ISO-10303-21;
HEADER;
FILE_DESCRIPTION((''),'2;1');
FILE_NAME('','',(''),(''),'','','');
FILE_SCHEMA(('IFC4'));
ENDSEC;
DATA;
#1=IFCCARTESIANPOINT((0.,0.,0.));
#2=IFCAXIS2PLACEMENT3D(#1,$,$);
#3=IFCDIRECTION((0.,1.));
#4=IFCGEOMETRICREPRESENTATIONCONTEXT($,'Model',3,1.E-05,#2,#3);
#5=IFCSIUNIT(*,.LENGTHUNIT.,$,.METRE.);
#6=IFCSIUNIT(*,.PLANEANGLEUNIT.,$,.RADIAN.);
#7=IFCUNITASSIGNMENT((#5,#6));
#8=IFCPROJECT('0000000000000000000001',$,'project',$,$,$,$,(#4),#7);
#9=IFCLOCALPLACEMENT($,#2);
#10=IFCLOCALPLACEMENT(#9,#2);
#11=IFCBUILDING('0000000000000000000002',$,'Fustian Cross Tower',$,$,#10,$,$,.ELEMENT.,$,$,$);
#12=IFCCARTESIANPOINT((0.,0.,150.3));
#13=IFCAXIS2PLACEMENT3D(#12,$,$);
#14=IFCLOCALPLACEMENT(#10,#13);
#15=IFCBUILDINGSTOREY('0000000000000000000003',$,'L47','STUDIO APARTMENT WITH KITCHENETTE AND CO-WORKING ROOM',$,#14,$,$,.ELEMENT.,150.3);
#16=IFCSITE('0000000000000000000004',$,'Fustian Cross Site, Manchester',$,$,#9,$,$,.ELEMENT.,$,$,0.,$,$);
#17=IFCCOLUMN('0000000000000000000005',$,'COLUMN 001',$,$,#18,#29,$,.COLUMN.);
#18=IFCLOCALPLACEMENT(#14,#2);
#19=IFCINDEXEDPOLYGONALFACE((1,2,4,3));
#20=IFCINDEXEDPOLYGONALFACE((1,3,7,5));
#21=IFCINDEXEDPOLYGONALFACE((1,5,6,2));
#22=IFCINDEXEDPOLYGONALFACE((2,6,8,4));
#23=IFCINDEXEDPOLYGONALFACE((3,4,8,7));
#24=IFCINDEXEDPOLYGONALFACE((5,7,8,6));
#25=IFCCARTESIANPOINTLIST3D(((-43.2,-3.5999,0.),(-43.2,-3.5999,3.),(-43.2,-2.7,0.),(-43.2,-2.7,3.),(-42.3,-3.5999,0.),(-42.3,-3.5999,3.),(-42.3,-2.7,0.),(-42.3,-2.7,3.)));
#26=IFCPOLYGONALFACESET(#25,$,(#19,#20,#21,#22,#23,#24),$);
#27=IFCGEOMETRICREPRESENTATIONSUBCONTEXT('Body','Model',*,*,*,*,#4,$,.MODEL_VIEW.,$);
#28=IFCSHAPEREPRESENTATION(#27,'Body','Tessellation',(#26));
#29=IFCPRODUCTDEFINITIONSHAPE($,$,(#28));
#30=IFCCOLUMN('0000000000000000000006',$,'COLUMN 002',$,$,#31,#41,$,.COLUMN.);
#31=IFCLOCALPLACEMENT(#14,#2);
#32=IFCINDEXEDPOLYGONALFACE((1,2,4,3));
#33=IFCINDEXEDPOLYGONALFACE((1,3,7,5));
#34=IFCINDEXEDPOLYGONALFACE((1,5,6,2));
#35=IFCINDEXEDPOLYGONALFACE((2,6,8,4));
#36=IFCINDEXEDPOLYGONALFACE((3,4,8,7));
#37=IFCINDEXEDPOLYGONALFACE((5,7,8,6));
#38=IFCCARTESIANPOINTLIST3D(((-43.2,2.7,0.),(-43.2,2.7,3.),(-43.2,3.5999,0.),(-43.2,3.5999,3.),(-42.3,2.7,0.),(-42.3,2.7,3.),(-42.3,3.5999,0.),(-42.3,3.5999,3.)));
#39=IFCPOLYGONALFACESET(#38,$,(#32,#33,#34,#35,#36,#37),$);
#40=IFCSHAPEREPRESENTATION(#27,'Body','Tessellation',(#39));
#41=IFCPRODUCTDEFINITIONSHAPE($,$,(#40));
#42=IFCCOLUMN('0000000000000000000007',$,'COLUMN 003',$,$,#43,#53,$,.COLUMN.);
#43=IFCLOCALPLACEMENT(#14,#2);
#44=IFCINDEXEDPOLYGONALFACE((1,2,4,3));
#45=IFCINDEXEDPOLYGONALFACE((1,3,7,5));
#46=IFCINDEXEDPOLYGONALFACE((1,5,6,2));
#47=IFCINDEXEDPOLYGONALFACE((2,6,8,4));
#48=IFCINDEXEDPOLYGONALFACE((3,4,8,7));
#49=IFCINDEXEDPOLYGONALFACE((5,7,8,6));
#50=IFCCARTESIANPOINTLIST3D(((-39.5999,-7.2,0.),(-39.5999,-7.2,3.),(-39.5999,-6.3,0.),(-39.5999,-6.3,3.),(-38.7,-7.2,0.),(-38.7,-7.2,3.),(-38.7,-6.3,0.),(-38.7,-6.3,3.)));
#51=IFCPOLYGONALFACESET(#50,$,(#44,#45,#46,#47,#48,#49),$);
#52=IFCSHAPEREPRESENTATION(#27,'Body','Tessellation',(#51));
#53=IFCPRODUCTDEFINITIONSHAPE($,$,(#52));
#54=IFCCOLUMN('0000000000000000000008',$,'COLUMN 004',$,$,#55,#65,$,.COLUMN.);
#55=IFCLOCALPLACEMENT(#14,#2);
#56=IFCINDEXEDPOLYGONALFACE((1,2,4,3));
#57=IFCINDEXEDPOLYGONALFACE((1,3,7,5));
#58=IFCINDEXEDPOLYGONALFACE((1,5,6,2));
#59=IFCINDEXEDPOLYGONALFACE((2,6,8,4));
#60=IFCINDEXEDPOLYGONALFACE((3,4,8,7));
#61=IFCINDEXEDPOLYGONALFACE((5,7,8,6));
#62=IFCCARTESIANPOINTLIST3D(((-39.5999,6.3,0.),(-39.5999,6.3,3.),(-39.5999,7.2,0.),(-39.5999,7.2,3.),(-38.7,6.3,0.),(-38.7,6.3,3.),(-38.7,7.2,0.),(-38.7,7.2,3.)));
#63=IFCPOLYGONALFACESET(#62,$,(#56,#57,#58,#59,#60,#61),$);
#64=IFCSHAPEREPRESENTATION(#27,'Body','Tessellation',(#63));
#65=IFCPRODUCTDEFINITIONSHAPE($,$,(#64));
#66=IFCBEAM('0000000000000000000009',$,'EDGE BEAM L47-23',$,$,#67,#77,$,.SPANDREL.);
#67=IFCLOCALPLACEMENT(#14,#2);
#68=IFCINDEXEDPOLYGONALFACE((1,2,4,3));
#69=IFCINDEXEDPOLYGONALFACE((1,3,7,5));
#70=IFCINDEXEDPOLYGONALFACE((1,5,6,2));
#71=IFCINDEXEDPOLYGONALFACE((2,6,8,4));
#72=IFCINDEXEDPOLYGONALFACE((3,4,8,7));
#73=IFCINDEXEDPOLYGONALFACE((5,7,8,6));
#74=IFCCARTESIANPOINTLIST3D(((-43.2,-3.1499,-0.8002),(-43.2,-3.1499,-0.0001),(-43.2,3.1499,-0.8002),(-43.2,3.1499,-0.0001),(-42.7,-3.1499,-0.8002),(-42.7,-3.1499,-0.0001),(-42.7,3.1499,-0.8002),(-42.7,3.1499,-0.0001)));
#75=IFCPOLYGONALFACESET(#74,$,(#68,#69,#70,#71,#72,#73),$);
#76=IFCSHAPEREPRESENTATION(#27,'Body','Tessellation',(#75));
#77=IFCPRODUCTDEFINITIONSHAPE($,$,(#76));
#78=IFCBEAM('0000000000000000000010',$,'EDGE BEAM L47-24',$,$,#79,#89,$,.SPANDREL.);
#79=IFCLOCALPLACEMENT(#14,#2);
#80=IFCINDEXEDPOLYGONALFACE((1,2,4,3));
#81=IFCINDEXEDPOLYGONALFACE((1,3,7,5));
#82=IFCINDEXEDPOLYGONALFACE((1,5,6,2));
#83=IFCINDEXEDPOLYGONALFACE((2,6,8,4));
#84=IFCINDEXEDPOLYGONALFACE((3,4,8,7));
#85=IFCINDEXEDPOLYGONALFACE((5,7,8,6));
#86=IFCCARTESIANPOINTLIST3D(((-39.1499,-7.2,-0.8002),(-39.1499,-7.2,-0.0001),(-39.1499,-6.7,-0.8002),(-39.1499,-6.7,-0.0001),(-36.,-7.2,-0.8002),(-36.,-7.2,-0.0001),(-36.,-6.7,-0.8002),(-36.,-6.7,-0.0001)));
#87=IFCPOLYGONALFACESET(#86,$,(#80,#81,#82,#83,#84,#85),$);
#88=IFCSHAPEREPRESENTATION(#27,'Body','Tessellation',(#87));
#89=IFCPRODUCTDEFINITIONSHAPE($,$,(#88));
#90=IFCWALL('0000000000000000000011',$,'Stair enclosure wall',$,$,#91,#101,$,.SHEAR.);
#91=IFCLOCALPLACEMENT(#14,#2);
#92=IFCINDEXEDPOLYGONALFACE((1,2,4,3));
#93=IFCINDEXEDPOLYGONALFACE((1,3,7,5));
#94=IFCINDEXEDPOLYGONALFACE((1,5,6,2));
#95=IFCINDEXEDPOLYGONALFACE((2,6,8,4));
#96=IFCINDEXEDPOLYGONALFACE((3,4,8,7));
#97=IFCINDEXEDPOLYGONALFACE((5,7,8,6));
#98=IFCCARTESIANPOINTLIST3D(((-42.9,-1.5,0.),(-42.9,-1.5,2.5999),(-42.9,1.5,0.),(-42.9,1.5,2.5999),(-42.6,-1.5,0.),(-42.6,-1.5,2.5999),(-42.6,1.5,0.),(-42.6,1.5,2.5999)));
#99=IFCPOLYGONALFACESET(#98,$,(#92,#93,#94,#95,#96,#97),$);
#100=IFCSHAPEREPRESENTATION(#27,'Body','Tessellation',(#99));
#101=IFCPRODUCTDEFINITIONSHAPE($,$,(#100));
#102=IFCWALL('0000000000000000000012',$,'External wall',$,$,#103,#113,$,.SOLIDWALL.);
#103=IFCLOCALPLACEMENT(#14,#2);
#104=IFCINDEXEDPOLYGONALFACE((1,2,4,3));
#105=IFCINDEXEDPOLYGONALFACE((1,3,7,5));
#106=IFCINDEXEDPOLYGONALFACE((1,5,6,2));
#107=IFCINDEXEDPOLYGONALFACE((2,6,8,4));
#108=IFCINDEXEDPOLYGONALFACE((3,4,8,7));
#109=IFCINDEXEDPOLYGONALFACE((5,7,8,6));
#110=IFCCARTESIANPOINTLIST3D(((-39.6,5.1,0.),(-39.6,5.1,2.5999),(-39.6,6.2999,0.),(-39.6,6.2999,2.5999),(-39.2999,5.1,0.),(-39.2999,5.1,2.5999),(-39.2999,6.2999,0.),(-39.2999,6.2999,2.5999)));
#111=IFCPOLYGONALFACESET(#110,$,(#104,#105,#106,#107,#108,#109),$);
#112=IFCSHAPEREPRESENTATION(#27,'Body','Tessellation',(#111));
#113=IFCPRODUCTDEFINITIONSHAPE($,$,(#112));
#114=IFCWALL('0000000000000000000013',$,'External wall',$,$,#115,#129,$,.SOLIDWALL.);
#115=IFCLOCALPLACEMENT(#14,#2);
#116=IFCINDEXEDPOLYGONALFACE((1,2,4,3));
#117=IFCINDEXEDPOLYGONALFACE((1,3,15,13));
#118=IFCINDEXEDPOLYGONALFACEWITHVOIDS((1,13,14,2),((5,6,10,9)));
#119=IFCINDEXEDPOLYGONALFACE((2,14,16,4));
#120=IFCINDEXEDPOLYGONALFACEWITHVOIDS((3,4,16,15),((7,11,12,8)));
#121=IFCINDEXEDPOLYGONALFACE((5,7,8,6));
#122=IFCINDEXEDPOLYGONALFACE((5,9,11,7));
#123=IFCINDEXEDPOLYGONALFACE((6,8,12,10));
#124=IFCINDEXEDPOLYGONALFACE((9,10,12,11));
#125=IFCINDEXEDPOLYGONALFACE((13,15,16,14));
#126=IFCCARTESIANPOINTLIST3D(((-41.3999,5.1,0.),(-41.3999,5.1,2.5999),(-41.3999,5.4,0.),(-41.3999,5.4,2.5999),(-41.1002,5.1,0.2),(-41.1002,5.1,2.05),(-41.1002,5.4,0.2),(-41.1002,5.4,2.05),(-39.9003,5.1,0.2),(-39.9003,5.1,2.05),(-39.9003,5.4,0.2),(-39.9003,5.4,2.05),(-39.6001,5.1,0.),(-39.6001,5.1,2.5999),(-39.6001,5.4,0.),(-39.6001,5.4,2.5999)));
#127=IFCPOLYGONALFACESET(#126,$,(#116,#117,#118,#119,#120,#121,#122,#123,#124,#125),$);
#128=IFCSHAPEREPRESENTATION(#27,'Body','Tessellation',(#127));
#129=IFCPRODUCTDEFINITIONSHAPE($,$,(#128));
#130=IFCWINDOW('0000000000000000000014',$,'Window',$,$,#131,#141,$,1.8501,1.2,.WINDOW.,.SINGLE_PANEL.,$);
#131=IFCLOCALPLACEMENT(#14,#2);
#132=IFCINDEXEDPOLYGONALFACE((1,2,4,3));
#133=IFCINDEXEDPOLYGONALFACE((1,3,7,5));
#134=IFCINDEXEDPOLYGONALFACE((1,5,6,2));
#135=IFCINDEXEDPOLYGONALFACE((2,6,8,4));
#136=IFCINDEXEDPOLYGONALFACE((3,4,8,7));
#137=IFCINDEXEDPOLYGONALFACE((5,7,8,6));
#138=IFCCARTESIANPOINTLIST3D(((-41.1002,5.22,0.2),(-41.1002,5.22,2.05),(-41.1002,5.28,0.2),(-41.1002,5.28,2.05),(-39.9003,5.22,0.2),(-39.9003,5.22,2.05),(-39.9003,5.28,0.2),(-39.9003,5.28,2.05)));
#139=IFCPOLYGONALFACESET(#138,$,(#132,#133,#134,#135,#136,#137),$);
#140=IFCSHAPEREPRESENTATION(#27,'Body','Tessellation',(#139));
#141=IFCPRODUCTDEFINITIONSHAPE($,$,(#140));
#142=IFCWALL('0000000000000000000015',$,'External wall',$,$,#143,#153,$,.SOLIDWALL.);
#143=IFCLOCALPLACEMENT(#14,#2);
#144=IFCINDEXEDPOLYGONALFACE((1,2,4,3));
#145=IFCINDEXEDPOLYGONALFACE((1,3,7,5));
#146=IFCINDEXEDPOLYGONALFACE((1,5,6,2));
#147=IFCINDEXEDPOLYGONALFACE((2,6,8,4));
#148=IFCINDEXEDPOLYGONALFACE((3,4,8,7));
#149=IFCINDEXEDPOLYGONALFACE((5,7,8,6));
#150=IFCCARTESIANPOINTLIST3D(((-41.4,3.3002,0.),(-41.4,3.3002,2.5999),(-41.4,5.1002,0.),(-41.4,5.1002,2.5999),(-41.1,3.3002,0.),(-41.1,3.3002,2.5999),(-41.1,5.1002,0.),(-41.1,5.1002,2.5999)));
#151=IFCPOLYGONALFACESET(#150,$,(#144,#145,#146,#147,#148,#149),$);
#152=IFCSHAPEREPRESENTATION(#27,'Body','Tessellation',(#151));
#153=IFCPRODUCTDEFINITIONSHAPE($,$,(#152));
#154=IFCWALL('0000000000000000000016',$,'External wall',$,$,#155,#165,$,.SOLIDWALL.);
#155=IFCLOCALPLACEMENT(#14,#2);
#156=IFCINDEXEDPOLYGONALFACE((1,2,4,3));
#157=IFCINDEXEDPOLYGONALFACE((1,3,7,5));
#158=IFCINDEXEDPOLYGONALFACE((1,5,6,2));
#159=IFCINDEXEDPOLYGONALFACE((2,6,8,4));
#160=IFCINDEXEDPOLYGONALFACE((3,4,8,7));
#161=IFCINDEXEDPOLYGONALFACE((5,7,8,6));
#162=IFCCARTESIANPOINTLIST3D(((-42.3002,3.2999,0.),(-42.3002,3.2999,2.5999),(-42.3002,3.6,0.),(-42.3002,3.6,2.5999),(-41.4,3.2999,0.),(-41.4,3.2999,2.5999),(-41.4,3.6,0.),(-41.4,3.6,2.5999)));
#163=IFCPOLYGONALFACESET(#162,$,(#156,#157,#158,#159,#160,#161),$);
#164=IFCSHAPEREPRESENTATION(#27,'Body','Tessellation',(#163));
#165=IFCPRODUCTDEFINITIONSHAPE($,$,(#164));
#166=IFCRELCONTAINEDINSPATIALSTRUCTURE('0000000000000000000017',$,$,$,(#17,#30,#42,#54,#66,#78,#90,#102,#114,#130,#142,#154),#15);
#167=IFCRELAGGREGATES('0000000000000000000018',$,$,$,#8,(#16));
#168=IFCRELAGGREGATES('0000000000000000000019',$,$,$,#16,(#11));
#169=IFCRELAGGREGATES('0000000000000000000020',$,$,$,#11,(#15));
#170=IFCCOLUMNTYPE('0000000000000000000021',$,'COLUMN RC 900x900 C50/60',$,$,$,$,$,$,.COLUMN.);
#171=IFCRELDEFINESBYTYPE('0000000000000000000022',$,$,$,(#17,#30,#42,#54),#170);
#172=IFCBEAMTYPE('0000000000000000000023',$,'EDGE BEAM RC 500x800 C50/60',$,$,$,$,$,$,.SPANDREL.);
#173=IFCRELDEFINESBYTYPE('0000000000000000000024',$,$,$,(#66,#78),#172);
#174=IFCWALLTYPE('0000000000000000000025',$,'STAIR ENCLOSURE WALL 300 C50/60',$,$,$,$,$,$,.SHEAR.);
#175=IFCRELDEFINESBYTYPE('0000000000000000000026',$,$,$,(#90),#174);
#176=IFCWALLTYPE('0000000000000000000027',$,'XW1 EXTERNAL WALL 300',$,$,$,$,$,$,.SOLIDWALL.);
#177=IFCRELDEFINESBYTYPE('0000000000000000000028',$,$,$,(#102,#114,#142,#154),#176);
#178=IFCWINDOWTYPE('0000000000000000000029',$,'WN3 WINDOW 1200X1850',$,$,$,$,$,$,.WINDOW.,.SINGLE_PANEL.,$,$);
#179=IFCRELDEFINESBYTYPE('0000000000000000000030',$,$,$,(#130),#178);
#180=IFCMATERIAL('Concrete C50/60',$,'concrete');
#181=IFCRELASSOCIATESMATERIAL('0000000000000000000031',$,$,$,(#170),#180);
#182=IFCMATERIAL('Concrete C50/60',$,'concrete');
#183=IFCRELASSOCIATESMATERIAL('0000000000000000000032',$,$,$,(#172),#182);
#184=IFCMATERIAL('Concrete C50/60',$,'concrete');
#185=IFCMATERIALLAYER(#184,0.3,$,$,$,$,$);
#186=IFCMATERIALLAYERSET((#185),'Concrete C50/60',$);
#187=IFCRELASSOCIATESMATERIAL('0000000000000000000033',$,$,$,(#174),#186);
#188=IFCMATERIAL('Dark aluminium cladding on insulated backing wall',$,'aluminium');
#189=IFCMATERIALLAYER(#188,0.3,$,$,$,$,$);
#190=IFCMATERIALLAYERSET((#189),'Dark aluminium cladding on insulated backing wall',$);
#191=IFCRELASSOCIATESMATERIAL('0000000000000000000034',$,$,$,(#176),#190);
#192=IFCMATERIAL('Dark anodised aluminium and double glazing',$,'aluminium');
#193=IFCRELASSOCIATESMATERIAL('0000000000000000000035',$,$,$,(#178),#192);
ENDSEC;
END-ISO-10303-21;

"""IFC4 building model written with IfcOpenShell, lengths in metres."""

from ifc_helpers import new_model, si_unit, direction, frame, frame_2d, origin, origin_2d, place, context, subcontext, project, spatial, rectangle, extrude, material, layer, layer_set, material_profile, profile_set, type_object, element, fill, save


model = new_model("IFC4")

# Units and contexts
model_context = context("Model", 3, precision=1e-05, world=origin(), true_north=direction((0.0, 1.0)))
body_context = subcontext(model_context, "Body", "Model", "MODEL_VIEW")
ifc_project = project(units=[si_unit("LENGTHUNIT", "METRE"), si_unit("PLANEANGLEUNIT", "RADIAN")], contexts=[model_context])

# Site, building, storey
site_placement = place(None, origin())
site = spatial("IfcSite", under=ifc_project, at=site_placement, Name="Fustian Cross Site, Manchester", CompositionType="ELEMENT", RefElevation=0.0)
building_placement = place(site_placement, origin())
building = spatial("IfcBuilding", under=site, at=building_placement, Name="Fustian Cross Tower", CompositionType="ELEMENT")
storey_placement = place(building_placement, frame((0.0, 0.0, 150.3)))
storey = spatial("IfcBuildingStorey", under=building, at=storey_placement, Name="L47", Description="STUDIO APARTMENT WITH KITCHENETTE AND CO-WORKING ROOM", CompositionType="ELEMENT", Elevation=150.3)

# Columns
ifc_material_1 = material(Name="Concrete C50/60", Category="concrete")
ifc_material_profile_1 = material_profile(ifc_material_1, rectangle(XDim=0.8999, YDim=0.8999, at=origin_2d()), Name="RC 900x900")
ifc_profile_set_1 = profile_set([ifc_material_profile_1], Name="Concrete C50/60")
column_type = type_object("IfcColumnType", Name="COLUMN RC 900x900 C50/60", PredefinedType="COLUMN", material=ifc_profile_set_1)
for number, where, z_axis, x_axis, name in (
    (1, (-42.75, -3.1499, 0.0), (0.0, 0.0, 1.0), (1.0, 0.0, 0.0), "COLUMN 001"),
    (2, (-42.75, 3.1499, 0.0), (0.0, 0.0, 1.0), (1.0, 0.0, 0.0), "COLUMN 002"),
    (3, (-39.1499, -6.75, 0.0), (0.0, 0.0, 1.0), (1.0, 0.0, 0.0), "COLUMN 003"),
    (4, (-39.1499, 6.75, 0.0), (0.0, 0.0, 1.0), (1.0, 0.0, 0.0), "COLUMN 004"),
):
    element("IfcColumn", number, at=place(storey_placement, frame(where, z_axis=z_axis, x_axis=x_axis)), inside=storey, type_object=column_type, Name=name, PredefinedType="COLUMN", context=body_context, shape_type="SweptSolid", body=[
        extrude(rectangle(XDim=0.8999, YDim=0.8999, at=origin_2d()), origin(), (0.0, 0.0, 1.0), 3.0),
    ])

# Beams
ifc_material_2 = material(Name="Concrete C50/60", Category="concrete")
ifc_material_profile_2 = material_profile(ifc_material_2, rectangle(XDim=0.5, YDim=0.8, at=origin_2d()), Name="RC 500x800")
ifc_profile_set_2 = profile_set([ifc_material_profile_2], Name="Concrete C50/60")
beam_type = type_object("IfcBeamType", Name="EDGE BEAM RC 500x800 C50/60", PredefinedType="SPANDREL", material=ifc_profile_set_2)
beam_1_placement = place(storey_placement, frame((-42.95, 3.1499, -0.4001), z_axis=(0.0, -1.0, 0.0), x_axis=(1.0, 0.0, 0.0)))
element("IfcBeam", 5, at=beam_1_placement, inside=storey, type_object=beam_type, Name="EDGE BEAM L47-23", PredefinedType="SPANDREL", context=body_context, shape_type="SweptSolid", body=[
    extrude(rectangle(XDim=0.5, YDim=0.8, at=origin_2d()), origin(), (0.0, 0.0, 1.0), 6.2998),
])
beam_2_placement = place(storey_placement, frame((-39.1499, -6.95, -0.4001), z_axis=(1.0, 0.0, 0.0), x_axis=(0.0, 1.0, 0.0)))
element("IfcBeam", 6, at=beam_2_placement, inside=storey, type_object=beam_type, Name="EDGE BEAM L47-24", PredefinedType="SPANDREL", context=body_context, shape_type="SweptSolid", body=[
    extrude(rectangle(XDim=0.5, YDim=0.8, at=origin_2d()), origin(), (0.0, 0.0, 1.0), 3.1499),
])

# Walls
ifc_material_3 = material(Name="Concrete C50/60", Category="concrete")
ifc_layer_1 = layer(ifc_material_3, 0.3)
ifc_layer_set_1 = layer_set([ifc_layer_1], Name="Concrete C50/60")
wall_type_1 = type_object("IfcWallType", Name="STAIR ENCLOSURE WALL 300 C50/60", PredefinedType="SHEAR", material=ifc_layer_set_1)
wall_1_placement = place(storey_placement, frame((-42.75, -1.5, 0.0), z_axis=(0.0, 0.0, 1.0), x_axis=(0.0, 1.0, 0.0)))
element("IfcWall", 7, at=wall_1_placement, inside=storey, type_object=wall_type_1, Name="Stair enclosure wall", PredefinedType="SHEAR", context=body_context, shape_type="SweptSolid", body=[
    extrude(rectangle(XDim=3.0, YDim=0.3, at=frame_2d((1.5, 0.0))), origin(), (0.0, 0.0, 1.0), 2.5999),
])
ifc_material_4 = material(Name="Dark aluminium cladding on insulated backing wall", Category="aluminium")
ifc_layer_2 = layer(ifc_material_4, 0.3)
ifc_layer_set_2 = layer_set([ifc_layer_2], Name="Dark aluminium cladding on insulated backing wall")
wall_type_2 = type_object("IfcWallType", Name="XW1 EXTERNAL WALL 300", PredefinedType="SOLIDWALL", material=ifc_layer_set_2)
wall_2_placement = place(storey_placement, frame((-39.45, 6.3, 0.0), z_axis=(0.0, 0.0, 1.0), x_axis=(0.0, -1.0, 0.0)))
element("IfcWall", 8, at=wall_2_placement, inside=storey, type_object=wall_type_2, Name="External wall", PredefinedType="SOLIDWALL", context=body_context, shape_type="SweptSolid", body=[
    extrude(rectangle(XDim=1.2, YDim=0.3, at=frame_2d((0.6001, 0.0))), origin(), (0.0, 0.0, 1.0), 2.5999),
])

# Wall, opening, window
wall_3_placement = place(storey_placement, frame((-39.6001, 5.25, 0.0), z_axis=(0.0, 0.0, 1.0), x_axis=(-1.0, 0.0, 0.0)))
wall_3 = element("IfcWall", 9, at=wall_3_placement, inside=storey, type_object=wall_type_2, Name="External wall", PredefinedType="SOLIDWALL", context=body_context, shape_type="SweptSolid", body=[
    extrude(rectangle(XDim=1.7998, YDim=0.3, at=frame_2d((0.8999, 0.0))), origin(), (0.0, 0.0, 1.0), 2.5999),
])
opening_1_placement = place(wall_3_placement, frame((0.3, 0.0, 0.2)))
opening_1 = element("IfcOpeningElement", 10, at=opening_1_placement, cuts=wall_3, PredefinedType="OPENING", context=body_context, shape_type="SweptSolid", body=[
    extrude(rectangle(XDim=1.2, YDim=1.8501, at=frame_2d((0.6001, 0.925))), frame((0.0, 0.1599, 0.0), z_axis=(0.0, -1.0, 0.0), x_axis=(1.0, 0.0, 0.0)), (0.0, 0.0, 1.0), 0.3201),
])
ifc_material_5 = material(Name="Dark anodised aluminium and double glazing", Category="aluminium")
window_type_1 = type_object("IfcWindowType", Name="WN3 WINDOW 1200X1850", PartitioningType="SINGLE_PANEL", PredefinedType="WINDOW", material=ifc_material_5)
window_1_placement = place(opening_1_placement, origin())
window_1 = element("IfcWindow", 11, at=window_1_placement, inside=storey, type_object=window_type_1, Name="Window", OverallHeight=1.8501, OverallWidth=1.2, PartitioningType="SINGLE_PANEL", PredefinedType="WINDOW", context=body_context, shape_type="SweptSolid", body=[
    extrude(rectangle(XDim=1.2, YDim=1.8501, at=frame_2d((0.6001, 0.925))), frame((0.0, 0.03, 0.0), z_axis=(0.0, -1.0, 0.0), x_axis=(1.0, 0.0, 0.0)), (0.0, 0.0, 1.0), 0.0601),
])
fill(opening_1, window_1)

# Walls
wall_4_placement = place(storey_placement, frame((-41.25, 5.1001, 0.0), z_axis=(0.0, 0.0, 1.0), x_axis=(0.0, -1.0, 0.0)))
element("IfcWall", 12, at=wall_4_placement, inside=storey, type_object=wall_type_2, Name="External wall", PredefinedType="SOLIDWALL", context=body_context, shape_type="SweptSolid", body=[
    extrude(rectangle(XDim=1.8, YDim=0.3, at=frame_2d((0.8999, 0.0))), origin(), (0.0, 0.0, 1.0), 2.5999),
])
wall_5_placement = place(storey_placement, frame((-41.3999, 3.45, 0.0), z_axis=(0.0, 0.0, 1.0), x_axis=(-1.0, 0.0, 0.0)))
element("IfcWall", 13, at=wall_5_placement, inside=storey, type_object=wall_type_2, Name="External wall", PredefinedType="SOLIDWALL", context=body_context, shape_type="SweptSolid", body=[
    extrude(rectangle(XDim=0.9001, YDim=0.3, at=frame_2d((0.4502, 0.0))), origin(), (0.0, 0.0, 1.0), 2.5999),
])

save(model, "model.ifc")
